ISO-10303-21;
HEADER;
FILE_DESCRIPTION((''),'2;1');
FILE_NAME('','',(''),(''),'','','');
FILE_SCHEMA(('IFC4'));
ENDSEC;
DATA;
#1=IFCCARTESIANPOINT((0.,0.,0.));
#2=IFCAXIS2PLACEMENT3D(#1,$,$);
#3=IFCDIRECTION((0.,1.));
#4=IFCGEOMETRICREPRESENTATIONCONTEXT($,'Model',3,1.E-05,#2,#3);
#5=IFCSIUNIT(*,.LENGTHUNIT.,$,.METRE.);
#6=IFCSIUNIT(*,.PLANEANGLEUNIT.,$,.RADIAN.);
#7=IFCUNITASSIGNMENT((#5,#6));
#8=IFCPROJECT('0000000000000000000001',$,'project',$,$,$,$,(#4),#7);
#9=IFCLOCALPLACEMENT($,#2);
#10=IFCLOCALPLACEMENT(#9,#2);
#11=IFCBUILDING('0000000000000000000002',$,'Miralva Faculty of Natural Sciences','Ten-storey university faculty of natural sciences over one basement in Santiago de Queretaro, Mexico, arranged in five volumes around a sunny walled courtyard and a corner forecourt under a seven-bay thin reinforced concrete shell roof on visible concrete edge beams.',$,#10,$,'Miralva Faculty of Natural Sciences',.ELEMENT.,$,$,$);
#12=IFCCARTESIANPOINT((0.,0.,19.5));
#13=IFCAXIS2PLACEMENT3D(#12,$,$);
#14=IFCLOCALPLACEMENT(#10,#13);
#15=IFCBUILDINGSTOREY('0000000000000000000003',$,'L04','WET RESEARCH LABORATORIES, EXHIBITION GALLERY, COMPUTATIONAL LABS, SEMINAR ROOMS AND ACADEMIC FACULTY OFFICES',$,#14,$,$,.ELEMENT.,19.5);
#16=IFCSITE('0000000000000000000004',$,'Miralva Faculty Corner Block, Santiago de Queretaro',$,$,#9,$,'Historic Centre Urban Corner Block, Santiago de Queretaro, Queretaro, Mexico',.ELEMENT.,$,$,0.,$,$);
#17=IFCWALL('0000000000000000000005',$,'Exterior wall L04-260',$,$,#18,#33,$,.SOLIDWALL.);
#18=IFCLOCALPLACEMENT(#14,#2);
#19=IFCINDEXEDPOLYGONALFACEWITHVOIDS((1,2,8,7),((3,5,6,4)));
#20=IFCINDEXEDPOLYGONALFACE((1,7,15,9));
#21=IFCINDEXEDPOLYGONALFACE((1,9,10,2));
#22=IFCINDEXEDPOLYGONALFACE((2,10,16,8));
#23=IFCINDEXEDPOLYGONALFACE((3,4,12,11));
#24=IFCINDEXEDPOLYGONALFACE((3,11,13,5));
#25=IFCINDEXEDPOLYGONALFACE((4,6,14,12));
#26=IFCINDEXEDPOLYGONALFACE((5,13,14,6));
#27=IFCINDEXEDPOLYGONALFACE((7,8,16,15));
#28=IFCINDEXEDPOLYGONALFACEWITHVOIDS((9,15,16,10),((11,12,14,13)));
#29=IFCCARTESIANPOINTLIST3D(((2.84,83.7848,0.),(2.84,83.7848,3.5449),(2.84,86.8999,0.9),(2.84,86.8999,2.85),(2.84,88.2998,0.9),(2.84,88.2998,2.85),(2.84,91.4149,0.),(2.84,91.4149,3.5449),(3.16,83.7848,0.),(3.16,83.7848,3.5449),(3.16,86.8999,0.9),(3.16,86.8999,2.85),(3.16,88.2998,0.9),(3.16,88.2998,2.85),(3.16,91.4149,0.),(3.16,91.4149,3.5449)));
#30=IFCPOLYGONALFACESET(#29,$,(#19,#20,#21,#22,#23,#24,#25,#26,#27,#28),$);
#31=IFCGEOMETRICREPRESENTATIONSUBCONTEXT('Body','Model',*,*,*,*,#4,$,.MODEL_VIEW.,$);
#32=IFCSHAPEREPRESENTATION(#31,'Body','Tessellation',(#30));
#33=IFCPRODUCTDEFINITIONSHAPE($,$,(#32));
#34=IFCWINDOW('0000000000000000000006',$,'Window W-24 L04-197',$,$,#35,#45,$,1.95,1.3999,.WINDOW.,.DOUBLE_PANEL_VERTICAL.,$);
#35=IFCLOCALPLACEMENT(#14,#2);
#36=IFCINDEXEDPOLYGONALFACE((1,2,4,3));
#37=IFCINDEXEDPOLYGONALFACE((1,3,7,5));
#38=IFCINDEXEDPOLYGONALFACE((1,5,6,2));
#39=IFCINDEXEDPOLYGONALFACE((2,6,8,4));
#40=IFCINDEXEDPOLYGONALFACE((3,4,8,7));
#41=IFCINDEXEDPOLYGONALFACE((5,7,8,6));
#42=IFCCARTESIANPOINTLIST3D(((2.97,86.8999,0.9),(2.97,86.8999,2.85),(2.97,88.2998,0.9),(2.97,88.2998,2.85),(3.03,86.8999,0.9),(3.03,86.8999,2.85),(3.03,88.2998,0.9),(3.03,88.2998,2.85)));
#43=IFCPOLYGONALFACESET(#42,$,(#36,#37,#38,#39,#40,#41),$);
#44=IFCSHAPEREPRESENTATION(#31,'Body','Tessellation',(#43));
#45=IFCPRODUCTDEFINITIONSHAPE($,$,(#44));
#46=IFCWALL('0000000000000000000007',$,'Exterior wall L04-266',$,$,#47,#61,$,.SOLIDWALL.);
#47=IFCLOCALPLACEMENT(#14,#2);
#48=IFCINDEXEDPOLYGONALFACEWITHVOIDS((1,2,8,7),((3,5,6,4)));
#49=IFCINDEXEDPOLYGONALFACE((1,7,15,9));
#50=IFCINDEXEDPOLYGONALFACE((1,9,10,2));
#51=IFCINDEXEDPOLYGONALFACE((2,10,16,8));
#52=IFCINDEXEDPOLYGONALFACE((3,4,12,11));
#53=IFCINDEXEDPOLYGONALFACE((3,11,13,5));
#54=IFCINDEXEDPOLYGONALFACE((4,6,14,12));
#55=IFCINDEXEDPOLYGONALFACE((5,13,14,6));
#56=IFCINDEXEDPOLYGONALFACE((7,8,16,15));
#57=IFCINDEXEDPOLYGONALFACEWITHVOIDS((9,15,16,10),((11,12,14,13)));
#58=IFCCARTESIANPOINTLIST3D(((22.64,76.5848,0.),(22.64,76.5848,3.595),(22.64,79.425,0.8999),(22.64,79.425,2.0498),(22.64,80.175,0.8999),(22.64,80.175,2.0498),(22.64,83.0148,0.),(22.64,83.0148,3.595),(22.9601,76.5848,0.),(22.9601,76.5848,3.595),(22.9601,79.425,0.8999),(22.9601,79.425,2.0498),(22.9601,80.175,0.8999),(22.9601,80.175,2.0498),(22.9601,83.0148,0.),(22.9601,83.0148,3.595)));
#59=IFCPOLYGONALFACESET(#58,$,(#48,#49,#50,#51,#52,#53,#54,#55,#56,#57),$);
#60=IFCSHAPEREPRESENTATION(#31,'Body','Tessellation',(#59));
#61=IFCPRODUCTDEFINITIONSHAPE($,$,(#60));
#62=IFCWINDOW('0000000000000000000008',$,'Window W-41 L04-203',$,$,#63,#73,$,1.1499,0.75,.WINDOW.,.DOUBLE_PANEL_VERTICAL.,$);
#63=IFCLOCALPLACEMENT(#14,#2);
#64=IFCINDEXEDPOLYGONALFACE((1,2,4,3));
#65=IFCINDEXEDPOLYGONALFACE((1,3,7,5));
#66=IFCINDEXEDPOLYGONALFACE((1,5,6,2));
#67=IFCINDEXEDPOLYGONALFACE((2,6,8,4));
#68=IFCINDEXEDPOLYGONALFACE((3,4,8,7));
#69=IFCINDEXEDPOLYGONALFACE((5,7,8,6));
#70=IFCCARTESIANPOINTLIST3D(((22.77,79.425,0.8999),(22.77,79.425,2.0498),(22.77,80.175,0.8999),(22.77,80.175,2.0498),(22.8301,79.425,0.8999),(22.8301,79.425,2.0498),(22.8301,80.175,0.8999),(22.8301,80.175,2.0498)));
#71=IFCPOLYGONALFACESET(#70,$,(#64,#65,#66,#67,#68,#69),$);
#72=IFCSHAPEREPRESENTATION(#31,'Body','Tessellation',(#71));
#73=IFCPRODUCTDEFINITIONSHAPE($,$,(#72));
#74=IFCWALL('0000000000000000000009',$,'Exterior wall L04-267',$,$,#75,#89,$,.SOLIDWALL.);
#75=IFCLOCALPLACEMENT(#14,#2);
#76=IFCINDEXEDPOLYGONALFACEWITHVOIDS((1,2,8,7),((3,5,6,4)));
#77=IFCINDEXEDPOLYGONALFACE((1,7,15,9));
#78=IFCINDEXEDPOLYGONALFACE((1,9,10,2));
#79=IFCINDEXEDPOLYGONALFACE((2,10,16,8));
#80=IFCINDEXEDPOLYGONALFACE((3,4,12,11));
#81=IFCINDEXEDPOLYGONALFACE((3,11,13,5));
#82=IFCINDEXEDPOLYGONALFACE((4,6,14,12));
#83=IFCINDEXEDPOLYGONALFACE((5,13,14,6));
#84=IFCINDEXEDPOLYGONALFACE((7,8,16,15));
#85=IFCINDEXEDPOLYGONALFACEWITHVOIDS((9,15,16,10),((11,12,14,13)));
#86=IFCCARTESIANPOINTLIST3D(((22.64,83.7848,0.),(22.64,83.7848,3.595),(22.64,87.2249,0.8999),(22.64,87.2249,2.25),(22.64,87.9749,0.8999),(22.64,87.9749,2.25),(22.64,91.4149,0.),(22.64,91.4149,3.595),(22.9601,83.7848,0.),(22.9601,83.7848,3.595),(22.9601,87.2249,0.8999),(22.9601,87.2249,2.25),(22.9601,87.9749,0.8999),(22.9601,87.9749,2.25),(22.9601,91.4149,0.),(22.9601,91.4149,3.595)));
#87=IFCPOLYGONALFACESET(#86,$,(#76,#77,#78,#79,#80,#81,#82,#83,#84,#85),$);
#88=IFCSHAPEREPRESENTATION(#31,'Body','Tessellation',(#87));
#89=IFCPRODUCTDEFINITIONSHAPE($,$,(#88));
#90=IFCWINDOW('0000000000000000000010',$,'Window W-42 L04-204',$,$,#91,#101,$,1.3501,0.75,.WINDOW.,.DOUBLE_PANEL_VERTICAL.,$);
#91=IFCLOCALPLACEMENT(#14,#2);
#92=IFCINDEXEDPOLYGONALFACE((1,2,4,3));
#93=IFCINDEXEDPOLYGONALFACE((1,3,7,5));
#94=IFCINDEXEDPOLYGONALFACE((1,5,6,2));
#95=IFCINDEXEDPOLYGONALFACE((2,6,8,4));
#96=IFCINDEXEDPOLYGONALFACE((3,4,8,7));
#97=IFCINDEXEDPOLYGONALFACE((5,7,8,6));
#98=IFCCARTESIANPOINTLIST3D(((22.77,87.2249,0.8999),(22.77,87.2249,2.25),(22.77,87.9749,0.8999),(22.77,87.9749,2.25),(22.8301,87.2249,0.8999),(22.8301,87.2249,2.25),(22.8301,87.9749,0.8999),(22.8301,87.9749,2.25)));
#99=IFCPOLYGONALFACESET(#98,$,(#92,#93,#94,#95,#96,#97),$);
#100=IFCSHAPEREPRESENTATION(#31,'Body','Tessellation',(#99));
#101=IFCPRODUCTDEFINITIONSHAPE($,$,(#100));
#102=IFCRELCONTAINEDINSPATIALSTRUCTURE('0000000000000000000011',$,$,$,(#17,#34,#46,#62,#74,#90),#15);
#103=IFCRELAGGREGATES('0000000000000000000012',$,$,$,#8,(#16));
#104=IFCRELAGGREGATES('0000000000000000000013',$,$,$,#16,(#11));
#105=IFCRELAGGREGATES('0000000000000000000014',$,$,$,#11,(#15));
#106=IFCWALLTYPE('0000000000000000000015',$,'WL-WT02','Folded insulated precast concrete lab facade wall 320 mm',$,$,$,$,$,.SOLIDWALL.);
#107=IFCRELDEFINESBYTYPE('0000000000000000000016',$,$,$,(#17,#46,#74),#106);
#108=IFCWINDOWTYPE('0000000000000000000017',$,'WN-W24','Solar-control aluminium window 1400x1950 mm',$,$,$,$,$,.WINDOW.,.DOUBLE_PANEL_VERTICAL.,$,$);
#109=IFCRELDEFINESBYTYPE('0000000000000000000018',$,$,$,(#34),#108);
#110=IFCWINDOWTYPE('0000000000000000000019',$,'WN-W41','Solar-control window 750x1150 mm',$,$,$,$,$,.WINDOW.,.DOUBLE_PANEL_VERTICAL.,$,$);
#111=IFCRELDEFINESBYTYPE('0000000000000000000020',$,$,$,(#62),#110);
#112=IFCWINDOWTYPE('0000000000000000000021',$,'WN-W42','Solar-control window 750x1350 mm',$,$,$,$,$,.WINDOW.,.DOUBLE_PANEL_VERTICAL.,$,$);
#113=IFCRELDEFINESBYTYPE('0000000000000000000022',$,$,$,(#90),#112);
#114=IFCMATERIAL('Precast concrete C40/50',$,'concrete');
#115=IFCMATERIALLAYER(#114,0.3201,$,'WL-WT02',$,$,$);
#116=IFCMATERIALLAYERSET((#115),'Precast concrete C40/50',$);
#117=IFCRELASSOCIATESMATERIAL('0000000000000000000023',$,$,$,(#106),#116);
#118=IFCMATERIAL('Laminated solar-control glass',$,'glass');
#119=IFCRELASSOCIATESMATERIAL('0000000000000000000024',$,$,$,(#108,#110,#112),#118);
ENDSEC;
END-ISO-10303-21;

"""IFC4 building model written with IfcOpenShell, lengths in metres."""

from ifc_helpers import new_model, si_unit, direction, frame, frame_2d, origin, place, context, subcontext, project, spatial, rectangle, extrude, material, layer, layer_set, type_object, element, fill, save


model = new_model("IFC4")

# Units and contexts
model_context = context("Model", 3, precision=1e-05, world=origin(), true_north=direction((0.0, 1.0)))
body_context = subcontext(model_context, "Body", "Model", "MODEL_VIEW")
ifc_project = project(units=[si_unit("LENGTHUNIT", "METRE"), si_unit("PLANEANGLEUNIT", "RADIAN")], contexts=[model_context])

# Site, building, storey
site_placement = place(None, origin())
site = spatial("IfcSite", under=ifc_project, at=site_placement, Name="Miralva Faculty Corner Block, Santiago de Queretaro", LongName="Historic Centre Urban Corner Block, Santiago de Queretaro, Queretaro, Mexico", CompositionType="ELEMENT", RefElevation=0.0)
building_placement = place(site_placement, origin())
building = spatial("IfcBuilding", under=site, at=building_placement, Name="Miralva Faculty of Natural Sciences", Description="Ten-storey university faculty of natural sciences over one basement in Santiago de Queretaro, Mexico, arranged in five volumes around a sunny walled courtyard and a corner forecourt under a seven-bay thin reinforced concrete shell roof on visible concrete edge beams.", LongName="Miralva Faculty of Natural Sciences", CompositionType="ELEMENT")
storey_placement = place(building_placement, frame((0.0, 0.0, 19.5)))
storey = spatial("IfcBuildingStorey", under=building, at=storey_placement, Name="L04", Description="WET RESEARCH LABORATORIES, EXHIBITION GALLERY, COMPUTATIONAL LABS, SEMINAR ROOMS AND ACADEMIC FACULTY OFFICES", CompositionType="ELEMENT", Elevation=19.5)

# Walls, openings, windows
ifc_material_1 = material(Name="Precast concrete C40/50", Category="concrete")
ifc_layer = layer(ifc_material_1, 0.3201, Name="WL-WT02")
ifc_layer_set = layer_set([ifc_layer], Name="Precast concrete C40/50")
wall_type = type_object("IfcWallType", Name="WL-WT02", Description="Folded insulated precast concrete lab facade wall 320 mm", PredefinedType="SOLIDWALL", material=ifc_layer_set)
ifc_material_2 = material(Name="Laminated solar-control glass", Category="glass")
wall_1_placement = place(storey_placement, frame((3.0, 83.7849, 0.0), z_axis=(0.0, 0.0, 1.0), x_axis=(0.0, 1.0, 0.0)))
wall_1 = element("IfcWall", 1, at=wall_1_placement, inside=storey, type_object=wall_type, Name="Exterior wall L04-260", PredefinedType="SOLIDWALL", context=body_context, shape_type="SweptSolid", body=[
    extrude(rectangle(XDim=7.6301, YDim=0.3201, at=frame_2d((3.8149, 0.0))), origin(), (0.0, 0.0, 1.0), 3.5449),
])
opening_1_placement = place(wall_1_placement, frame((3.115, 0.0, 0.8999)))
opening_1 = element("IfcOpeningElement", 2, at=opening_1_placement, cuts=wall_1, PredefinedType="OPENING", context=body_context, shape_type="SweptSolid", body=[
    extrude(rectangle(XDim=1.3999, YDim=1.95, at=frame_2d((0.7, 0.9751))), frame((0.0, 0.1699, 0.0), z_axis=(0.0, -1.0, 0.0), x_axis=(1.0, 0.0, 0.0)), (0.0, 0.0, 1.0), 0.3401),
])
window_type_1 = type_object("IfcWindowType", Name="WN-W24", Description="Solar-control aluminium window 1400x1950 mm", PartitioningType="DOUBLE_PANEL_VERTICAL", PredefinedType="WINDOW", material=ifc_material_2)
window_1_placement = place(opening_1_placement, origin())
window_1 = element("IfcWindow", 3, at=window_1_placement, inside=storey, type_object=window_type_1, Name="Window W-24 L04-197", OverallHeight=1.95, OverallWidth=1.3999, PartitioningType="DOUBLE_PANEL_VERTICAL", PredefinedType="WINDOW", context=body_context, shape_type="SweptSolid", body=[
    extrude(rectangle(XDim=1.3999, YDim=1.95, at=frame_2d((0.7, 0.9751))), frame((0.0, 0.03, 0.0), z_axis=(0.0, -1.0, 0.0), x_axis=(1.0, 0.0, 0.0)), (0.0, 0.0, 1.0), 0.0601),
])
fill(opening_1, window_1)
wall_2_placement = place(storey_placement, frame((22.8, 76.585, 0.0), z_axis=(0.0, 0.0, 1.0), x_axis=(0.0, 1.0, 0.0)))
wall_2 = element("IfcWall", 4, at=wall_2_placement, inside=storey, type_object=wall_type, Name="Exterior wall L04-266", PredefinedType="SOLIDWALL", context=body_context, shape_type="SweptSolid", body=[
    extrude(rectangle(XDim=6.4299, YDim=0.3201, at=frame_2d((3.2148, 0.0))), origin(), (0.0, 0.0, 1.0), 3.595),
])
opening_2_placement = place(wall_2_placement, frame((2.8401, 0.0, 0.8999)))
opening_2 = element("IfcOpeningElement", 5, at=opening_2_placement, cuts=wall_2, PredefinedType="OPENING", context=body_context, shape_type="SweptSolid", body=[
    extrude(rectangle(XDim=0.75, YDim=1.1499, at=frame_2d((0.375, 0.575))), frame((0.0, 0.1699, 0.0), z_axis=(0.0, -1.0, 0.0), x_axis=(1.0, 0.0, 0.0)), (0.0, 0.0, 1.0), 0.3401),
])
window_type_2 = type_object("IfcWindowType", Name="WN-W41", Description="Solar-control window 750x1150 mm", PartitioningType="DOUBLE_PANEL_VERTICAL", PredefinedType="WINDOW", material=ifc_material_2)
window_2_placement = place(opening_2_placement, frame((0.75, 0.0, 0.0), z_axis=(0.0, 0.0, 1.0), x_axis=(-1.0, 0.0, 0.0)))
window_2 = element("IfcWindow", 6, at=window_2_placement, inside=storey, type_object=window_type_2, Name="Window W-41 L04-203", OverallHeight=1.1499, OverallWidth=0.75, PartitioningType="DOUBLE_PANEL_VERTICAL", PredefinedType="WINDOW", context=body_context, shape_type="SweptSolid", body=[
    extrude(rectangle(XDim=0.75, YDim=1.1499, at=frame_2d((0.375, 0.575))), frame((0.0, 0.03, 0.0), z_axis=(0.0, -1.0, 0.0), x_axis=(1.0, 0.0, 0.0)), (0.0, 0.0, 1.0), 0.0601),
])
fill(opening_2, window_2)
wall_3_placement = place(storey_placement, frame((22.8, 83.7849, 0.0), z_axis=(0.0, 0.0, 1.0), x_axis=(0.0, 1.0, 0.0)))
wall_3 = element("IfcWall", 7, at=wall_3_placement, inside=storey, type_object=wall_type, Name="Exterior wall L04-267", PredefinedType="SOLIDWALL", context=body_context, shape_type="SweptSolid", body=[
    extrude(rectangle(XDim=7.6301, YDim=0.3201, at=frame_2d((3.8149, 0.0))), origin(), (0.0, 0.0, 1.0), 3.595),
])
opening_3_placement = place(wall_3_placement, frame((3.4399, 0.0, 0.8999)))
opening_3 = element("IfcOpeningElement", 8, at=opening_3_placement, cuts=wall_3, PredefinedType="OPENING", context=body_context, shape_type="SweptSolid", body=[
    extrude(rectangle(XDim=0.75, YDim=1.3501, at=frame_2d((0.375, 0.675))), frame((0.0, 0.1699, 0.0), z_axis=(0.0, -1.0, 0.0), x_axis=(1.0, 0.0, 0.0)), (0.0, 0.0, 1.0), 0.3401),
])
window_type_3 = type_object("IfcWindowType", Name="WN-W42", Description="Solar-control window 750x1350 mm", PartitioningType="DOUBLE_PANEL_VERTICAL", PredefinedType="WINDOW", material=ifc_material_2)
window_3_placement = place(opening_3_placement, frame((0.75, 0.0, 0.0), z_axis=(0.0, 0.0, 1.0), x_axis=(-1.0, 0.0, 0.0)))
window_3 = element("IfcWindow", 9, at=window_3_placement, inside=storey, type_object=window_type_3, Name="Window W-42 L04-204", OverallHeight=1.3501, OverallWidth=0.75, PartitioningType="DOUBLE_PANEL_VERTICAL", PredefinedType="WINDOW", context=body_context, shape_type="SweptSolid", body=[
    extrude(rectangle(XDim=0.75, YDim=1.3501, at=frame_2d((0.375, 0.675))), frame((0.0, 0.03, 0.0), z_axis=(0.0, -1.0, 0.0), x_axis=(1.0, 0.0, 0.0)), (0.0, 0.0, 1.0), 0.0601),
])
fill(opening_3, window_3)

save(model, "model.ifc")
